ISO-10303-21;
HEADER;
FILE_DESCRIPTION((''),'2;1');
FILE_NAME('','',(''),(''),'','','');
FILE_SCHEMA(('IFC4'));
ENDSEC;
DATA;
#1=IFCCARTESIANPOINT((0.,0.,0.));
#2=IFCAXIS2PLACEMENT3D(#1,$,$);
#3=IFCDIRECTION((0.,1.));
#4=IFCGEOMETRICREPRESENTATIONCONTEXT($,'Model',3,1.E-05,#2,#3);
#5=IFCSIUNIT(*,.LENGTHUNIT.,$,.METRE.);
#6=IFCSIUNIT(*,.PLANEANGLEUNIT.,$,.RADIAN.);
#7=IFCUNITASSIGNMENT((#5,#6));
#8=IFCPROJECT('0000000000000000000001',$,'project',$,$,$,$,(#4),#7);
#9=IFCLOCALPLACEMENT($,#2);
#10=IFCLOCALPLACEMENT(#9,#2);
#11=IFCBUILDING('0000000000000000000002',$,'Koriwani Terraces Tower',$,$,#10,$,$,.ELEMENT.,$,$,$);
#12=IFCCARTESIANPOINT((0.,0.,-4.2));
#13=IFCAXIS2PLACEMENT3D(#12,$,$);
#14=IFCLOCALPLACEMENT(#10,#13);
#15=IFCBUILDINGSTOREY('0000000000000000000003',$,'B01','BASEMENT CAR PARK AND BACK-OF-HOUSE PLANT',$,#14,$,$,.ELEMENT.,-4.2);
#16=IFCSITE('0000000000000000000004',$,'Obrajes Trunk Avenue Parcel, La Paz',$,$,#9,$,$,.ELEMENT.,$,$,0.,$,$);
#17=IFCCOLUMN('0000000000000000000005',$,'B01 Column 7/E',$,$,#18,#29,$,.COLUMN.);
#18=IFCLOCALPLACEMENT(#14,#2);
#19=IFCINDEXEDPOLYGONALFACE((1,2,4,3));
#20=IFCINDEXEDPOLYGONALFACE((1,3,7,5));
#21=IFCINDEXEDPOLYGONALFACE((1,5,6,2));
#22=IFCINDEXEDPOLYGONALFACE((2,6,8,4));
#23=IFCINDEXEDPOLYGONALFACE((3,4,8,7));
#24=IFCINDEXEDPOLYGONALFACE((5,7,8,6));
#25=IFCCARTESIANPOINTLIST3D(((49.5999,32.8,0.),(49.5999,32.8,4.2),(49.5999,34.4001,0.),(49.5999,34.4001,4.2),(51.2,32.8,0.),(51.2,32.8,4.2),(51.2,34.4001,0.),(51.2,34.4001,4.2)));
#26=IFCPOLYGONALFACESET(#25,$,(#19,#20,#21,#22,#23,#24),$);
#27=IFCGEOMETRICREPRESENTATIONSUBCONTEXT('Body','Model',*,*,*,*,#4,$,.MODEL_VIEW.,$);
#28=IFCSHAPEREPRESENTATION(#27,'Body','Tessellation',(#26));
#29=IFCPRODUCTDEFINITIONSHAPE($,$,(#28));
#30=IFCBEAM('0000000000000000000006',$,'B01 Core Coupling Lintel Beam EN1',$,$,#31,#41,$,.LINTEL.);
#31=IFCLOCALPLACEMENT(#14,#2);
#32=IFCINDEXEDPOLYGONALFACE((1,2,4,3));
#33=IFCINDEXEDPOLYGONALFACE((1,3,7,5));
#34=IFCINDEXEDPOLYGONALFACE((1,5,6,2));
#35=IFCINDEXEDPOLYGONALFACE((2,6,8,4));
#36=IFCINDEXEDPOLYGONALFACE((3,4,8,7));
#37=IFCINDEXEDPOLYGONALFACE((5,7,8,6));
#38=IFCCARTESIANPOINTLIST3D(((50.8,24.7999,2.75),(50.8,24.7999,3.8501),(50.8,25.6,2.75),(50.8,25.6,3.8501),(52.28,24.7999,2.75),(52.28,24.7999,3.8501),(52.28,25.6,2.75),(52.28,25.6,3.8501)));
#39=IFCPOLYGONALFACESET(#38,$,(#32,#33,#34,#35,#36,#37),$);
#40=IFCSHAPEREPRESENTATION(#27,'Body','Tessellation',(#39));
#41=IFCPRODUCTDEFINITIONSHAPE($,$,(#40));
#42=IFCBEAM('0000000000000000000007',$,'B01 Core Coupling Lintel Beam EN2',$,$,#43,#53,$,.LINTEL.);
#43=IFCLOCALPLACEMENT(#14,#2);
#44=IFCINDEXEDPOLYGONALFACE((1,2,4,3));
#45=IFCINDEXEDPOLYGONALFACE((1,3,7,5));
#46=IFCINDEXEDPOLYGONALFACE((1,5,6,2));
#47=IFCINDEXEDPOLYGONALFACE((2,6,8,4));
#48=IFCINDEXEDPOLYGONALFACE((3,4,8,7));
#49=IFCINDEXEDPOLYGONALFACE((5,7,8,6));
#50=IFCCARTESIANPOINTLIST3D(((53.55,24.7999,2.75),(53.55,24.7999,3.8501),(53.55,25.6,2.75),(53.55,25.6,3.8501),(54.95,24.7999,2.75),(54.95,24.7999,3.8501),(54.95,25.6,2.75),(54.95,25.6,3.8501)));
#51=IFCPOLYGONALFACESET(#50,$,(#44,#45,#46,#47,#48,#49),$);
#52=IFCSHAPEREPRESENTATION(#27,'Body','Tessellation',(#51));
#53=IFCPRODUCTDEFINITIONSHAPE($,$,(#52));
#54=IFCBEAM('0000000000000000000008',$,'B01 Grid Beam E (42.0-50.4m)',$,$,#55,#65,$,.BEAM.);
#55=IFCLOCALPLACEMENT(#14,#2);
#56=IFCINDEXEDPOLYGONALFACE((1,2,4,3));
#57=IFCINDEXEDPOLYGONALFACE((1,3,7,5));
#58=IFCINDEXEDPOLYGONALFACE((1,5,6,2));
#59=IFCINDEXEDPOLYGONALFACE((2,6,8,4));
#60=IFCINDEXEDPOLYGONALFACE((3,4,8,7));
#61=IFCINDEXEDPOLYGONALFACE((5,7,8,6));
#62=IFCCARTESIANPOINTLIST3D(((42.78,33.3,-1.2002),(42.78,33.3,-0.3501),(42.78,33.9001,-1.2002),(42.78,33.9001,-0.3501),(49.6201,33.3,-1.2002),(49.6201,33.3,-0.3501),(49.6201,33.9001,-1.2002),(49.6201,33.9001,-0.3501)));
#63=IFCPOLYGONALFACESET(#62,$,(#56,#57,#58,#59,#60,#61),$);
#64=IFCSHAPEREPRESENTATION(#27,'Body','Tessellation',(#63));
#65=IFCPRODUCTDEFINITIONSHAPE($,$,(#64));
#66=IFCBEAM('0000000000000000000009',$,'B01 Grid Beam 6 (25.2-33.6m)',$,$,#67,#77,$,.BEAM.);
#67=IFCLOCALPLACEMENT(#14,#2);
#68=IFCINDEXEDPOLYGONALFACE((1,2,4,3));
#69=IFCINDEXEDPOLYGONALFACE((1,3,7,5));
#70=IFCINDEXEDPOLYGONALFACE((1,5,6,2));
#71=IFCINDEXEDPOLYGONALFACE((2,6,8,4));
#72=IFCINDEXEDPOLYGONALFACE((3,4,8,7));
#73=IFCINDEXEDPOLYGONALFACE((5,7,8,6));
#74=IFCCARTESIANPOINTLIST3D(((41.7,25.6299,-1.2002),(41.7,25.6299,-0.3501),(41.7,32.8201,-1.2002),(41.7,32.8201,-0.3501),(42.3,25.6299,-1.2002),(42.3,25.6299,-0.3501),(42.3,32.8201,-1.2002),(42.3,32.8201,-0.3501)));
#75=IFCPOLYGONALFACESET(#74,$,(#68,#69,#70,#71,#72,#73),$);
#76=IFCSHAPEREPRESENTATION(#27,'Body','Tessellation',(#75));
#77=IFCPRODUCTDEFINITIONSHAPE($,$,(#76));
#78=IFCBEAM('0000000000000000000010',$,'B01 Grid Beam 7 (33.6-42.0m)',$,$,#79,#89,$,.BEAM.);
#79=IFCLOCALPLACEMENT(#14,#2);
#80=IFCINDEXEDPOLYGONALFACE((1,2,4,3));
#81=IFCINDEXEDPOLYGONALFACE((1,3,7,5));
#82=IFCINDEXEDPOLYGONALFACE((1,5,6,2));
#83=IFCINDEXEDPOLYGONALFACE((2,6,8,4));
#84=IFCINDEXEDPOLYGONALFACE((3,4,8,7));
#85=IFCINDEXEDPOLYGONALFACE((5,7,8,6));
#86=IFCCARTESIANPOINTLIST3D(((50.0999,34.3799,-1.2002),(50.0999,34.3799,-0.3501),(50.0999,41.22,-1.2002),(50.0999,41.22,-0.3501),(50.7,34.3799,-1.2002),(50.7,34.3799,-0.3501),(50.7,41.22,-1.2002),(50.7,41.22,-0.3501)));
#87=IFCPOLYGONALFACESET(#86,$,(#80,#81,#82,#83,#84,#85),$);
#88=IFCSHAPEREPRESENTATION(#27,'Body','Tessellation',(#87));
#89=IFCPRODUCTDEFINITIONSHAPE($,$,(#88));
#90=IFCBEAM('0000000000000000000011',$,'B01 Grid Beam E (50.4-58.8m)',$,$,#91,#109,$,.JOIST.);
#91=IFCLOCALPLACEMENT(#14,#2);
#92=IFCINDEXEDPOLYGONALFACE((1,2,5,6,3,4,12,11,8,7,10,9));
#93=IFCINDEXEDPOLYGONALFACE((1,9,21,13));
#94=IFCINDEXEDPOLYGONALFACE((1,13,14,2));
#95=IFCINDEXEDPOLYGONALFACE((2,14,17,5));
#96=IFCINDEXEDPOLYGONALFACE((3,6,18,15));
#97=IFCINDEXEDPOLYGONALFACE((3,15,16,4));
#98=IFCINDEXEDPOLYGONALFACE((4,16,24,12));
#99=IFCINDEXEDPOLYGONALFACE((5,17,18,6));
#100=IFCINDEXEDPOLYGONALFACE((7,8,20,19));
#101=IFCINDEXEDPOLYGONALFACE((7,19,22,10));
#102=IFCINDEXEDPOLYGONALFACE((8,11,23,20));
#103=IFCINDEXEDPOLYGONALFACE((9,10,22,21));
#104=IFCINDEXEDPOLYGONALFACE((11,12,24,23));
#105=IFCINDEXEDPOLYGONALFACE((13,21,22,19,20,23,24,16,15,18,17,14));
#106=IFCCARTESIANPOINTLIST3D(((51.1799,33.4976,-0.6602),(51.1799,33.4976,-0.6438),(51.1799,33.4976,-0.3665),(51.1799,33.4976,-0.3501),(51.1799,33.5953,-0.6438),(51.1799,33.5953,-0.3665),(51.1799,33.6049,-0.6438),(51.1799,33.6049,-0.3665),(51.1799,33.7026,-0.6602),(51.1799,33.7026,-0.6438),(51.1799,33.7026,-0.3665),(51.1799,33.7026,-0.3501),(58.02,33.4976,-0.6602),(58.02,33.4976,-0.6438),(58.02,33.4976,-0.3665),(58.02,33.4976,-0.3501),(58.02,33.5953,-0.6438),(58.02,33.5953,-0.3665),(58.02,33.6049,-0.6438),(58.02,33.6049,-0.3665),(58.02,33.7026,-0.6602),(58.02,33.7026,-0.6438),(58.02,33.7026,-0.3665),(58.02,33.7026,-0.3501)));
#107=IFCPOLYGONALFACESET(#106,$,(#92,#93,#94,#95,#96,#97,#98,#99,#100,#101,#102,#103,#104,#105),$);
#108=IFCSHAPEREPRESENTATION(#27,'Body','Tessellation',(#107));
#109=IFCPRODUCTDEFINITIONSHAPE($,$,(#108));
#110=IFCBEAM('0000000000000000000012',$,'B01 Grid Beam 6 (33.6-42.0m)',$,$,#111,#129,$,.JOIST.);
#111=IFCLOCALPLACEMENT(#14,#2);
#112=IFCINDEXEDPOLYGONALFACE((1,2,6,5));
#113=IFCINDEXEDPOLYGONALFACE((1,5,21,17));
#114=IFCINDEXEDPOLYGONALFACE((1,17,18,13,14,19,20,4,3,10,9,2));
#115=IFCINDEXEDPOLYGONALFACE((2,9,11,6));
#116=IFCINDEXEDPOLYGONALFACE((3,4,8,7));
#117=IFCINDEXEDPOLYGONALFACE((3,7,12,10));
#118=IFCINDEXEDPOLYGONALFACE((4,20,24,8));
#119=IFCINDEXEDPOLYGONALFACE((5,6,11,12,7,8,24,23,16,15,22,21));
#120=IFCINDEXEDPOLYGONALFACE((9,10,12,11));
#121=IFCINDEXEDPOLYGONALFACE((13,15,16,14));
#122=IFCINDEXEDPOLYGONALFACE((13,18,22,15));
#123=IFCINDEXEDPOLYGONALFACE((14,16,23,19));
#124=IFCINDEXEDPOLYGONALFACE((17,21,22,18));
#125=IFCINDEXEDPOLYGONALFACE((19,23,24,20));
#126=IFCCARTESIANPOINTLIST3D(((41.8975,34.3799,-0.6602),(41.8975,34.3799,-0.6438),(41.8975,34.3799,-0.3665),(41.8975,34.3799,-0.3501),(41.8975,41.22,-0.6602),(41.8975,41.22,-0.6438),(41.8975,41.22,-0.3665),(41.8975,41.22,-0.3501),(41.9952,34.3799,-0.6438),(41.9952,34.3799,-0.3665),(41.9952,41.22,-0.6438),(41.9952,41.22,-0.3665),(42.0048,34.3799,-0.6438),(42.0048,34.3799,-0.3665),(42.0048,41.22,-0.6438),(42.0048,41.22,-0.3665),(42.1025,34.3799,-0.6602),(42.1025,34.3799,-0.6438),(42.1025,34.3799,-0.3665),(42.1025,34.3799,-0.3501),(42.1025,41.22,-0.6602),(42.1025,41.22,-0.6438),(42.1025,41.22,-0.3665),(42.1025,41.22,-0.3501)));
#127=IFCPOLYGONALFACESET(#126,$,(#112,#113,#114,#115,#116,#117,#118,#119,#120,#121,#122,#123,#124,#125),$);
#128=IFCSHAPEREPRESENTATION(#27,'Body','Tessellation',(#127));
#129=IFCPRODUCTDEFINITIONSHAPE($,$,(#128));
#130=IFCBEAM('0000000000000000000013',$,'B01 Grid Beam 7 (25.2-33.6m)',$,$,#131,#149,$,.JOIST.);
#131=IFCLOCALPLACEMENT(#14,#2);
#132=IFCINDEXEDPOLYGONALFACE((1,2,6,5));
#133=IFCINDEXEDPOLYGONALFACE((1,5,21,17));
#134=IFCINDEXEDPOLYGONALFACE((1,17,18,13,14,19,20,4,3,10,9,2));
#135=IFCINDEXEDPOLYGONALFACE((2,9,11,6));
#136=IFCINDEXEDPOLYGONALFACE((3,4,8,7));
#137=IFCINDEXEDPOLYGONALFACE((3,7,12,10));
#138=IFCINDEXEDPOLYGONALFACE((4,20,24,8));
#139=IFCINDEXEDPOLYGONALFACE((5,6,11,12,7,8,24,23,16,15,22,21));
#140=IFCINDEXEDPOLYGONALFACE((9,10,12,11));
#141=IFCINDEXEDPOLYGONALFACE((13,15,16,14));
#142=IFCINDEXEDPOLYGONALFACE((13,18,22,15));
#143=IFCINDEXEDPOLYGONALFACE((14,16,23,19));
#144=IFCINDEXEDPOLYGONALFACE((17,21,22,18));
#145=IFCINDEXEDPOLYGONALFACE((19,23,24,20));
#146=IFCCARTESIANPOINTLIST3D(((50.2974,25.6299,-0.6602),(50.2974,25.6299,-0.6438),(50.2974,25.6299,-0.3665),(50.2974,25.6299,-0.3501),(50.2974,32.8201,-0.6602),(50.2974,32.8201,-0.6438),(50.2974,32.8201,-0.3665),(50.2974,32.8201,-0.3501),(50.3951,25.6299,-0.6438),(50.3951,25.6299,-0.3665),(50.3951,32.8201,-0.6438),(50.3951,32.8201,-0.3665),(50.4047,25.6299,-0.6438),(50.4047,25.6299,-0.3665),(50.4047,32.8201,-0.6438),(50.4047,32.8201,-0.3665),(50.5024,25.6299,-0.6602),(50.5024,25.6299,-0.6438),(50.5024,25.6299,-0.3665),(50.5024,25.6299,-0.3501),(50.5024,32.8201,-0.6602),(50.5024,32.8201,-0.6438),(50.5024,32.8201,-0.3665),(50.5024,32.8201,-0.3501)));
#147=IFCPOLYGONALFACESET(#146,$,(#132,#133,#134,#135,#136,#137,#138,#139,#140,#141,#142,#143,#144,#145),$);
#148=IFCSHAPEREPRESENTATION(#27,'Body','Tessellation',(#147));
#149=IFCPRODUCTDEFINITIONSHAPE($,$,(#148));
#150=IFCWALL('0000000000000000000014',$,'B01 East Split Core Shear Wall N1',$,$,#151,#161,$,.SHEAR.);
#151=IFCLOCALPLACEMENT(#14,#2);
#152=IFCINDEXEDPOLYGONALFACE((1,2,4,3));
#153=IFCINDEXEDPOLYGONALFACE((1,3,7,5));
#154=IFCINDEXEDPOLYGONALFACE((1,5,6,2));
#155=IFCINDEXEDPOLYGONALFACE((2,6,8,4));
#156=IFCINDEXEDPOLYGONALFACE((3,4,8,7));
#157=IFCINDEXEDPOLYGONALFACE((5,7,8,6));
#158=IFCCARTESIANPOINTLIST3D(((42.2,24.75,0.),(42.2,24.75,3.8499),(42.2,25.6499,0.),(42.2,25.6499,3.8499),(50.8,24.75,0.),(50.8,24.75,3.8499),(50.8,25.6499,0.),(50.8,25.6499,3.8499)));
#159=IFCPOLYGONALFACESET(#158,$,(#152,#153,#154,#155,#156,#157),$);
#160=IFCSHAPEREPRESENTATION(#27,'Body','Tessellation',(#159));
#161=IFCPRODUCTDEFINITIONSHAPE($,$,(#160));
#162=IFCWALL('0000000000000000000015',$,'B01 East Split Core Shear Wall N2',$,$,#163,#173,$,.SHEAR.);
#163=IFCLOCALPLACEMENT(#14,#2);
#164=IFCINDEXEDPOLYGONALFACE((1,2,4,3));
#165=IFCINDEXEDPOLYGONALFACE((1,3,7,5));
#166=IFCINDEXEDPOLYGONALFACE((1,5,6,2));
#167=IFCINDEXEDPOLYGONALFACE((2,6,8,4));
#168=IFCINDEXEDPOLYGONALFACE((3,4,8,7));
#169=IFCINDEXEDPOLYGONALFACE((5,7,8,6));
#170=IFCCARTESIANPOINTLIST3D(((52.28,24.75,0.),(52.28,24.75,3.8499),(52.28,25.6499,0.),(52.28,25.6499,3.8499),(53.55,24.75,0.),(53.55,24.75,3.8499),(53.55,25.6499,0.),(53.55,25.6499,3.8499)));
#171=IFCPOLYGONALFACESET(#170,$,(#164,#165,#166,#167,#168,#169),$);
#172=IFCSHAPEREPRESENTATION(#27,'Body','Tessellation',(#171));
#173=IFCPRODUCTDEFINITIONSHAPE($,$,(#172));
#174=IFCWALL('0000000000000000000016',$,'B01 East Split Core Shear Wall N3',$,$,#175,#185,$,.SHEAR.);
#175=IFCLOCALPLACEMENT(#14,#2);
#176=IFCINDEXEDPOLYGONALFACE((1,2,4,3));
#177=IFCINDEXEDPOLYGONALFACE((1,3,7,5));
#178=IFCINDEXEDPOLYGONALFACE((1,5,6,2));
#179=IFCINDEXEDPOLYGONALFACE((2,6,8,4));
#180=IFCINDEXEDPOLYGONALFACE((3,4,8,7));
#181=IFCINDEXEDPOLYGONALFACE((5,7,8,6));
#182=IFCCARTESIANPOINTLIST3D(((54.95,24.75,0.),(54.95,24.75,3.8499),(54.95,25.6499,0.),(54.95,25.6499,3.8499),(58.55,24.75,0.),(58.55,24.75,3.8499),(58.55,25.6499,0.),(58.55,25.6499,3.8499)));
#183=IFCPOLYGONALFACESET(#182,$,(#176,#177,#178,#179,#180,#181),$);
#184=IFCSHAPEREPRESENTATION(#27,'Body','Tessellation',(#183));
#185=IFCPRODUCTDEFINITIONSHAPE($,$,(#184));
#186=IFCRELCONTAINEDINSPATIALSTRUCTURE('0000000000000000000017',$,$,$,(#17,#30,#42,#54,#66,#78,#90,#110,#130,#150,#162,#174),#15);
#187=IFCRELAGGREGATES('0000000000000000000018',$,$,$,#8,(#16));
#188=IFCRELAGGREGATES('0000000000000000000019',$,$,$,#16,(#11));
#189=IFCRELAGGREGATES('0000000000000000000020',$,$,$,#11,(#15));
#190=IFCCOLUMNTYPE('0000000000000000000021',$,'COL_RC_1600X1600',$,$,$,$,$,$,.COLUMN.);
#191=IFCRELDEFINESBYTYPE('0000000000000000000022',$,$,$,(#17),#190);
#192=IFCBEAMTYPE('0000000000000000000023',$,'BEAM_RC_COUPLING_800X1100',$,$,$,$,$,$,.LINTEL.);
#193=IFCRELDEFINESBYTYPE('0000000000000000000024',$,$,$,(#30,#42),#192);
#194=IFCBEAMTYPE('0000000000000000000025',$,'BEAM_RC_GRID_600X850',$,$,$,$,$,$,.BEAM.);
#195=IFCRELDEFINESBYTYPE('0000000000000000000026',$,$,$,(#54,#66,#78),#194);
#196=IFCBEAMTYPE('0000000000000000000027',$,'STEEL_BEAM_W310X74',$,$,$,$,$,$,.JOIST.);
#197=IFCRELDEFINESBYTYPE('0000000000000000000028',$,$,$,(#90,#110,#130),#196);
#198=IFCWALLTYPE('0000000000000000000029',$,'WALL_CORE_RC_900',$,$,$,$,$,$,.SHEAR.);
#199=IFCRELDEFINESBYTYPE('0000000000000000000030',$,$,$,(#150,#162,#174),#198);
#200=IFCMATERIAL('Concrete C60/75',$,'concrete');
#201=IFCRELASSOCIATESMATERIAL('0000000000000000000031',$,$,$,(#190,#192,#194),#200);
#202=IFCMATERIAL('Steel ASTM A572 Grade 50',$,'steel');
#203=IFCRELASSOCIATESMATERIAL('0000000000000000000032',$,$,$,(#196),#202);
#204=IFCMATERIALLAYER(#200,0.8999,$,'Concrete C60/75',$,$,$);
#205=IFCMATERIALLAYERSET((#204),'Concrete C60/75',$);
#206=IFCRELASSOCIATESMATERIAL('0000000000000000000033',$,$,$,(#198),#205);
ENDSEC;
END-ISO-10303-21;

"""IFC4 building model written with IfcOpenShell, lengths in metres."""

from ifc_helpers import new_model, si_unit, direction, frame, frame_2d, origin, origin_2d, place, context, subcontext, project, spatial, rectangle, i_section, extrude, material, layer, layer_set, material_profile, profile_set, type_object, element, save


model = new_model("IFC4")

# Units and contexts
model_context = context("Model", 3, precision=1e-05, world=origin(), true_north=direction((0.0, 1.0)))
body_context = subcontext(model_context, "Body", "Model", "MODEL_VIEW")
ifc_project = project(units=[si_unit("LENGTHUNIT", "METRE"), si_unit("PLANEANGLEUNIT", "RADIAN")], contexts=[model_context])

# Site, building, storey
site_placement = place(None, origin())
site = spatial("IfcSite", under=ifc_project, at=site_placement, Name="Obrajes Trunk Avenue Parcel, La Paz", CompositionType="ELEMENT", RefElevation=0.0)
building_placement = place(site_placement, origin())
building = spatial("IfcBuilding", under=site, at=building_placement, Name="Koriwani Terraces Tower", CompositionType="ELEMENT")
storey_placement = place(building_placement, frame((0.0, 0.0, -4.2)))
storey = spatial("IfcBuildingStorey", under=building, at=storey_placement, Name="B01", Description="BASEMENT CAR PARK AND BACK-OF-HOUSE PLANT", CompositionType="ELEMENT", Elevation=-4.2)

# Column
ifc_material_1 = material(Name="Concrete C60/75", Category="concrete")
ifc_material_profile_1 = material_profile(ifc_material_1, rectangle(XDim=1.6001, YDim=1.6001, at=origin_2d()), Name="Concrete C60/75", Category="LoadBearing")
ifc_profile_set_1 = profile_set([ifc_material_profile_1], Name="Concrete C60/75")
column_type = type_object("IfcColumnType", Name="COL_RC_1600X1600", PredefinedType="COLUMN", material=ifc_profile_set_1)
column_placement = place(storey_placement, frame((50.3999, 33.6001, 0.0), z_axis=(0.0, 0.0, 1.0), x_axis=(1.0, 0.0, 0.0)))
element("IfcColumn", 1, at=column_placement, inside=storey, type_object=column_type, Name="B01 Column 7/E", PredefinedType="COLUMN", context=body_context, shape_type="SweptSolid", body=[
    extrude(rectangle(XDim=1.6001, YDim=1.6001, at=origin_2d()), origin(), (0.0, 0.0, 1.0), 4.2),
])

# Beams
ifc_material_profile_2 = material_profile(ifc_material_1, rectangle(XDim=0.8, YDim=1.1001, at=origin_2d()), Name="Concrete C60/75", Category="LoadBearing")
ifc_profile_set_2 = profile_set([ifc_material_profile_2], Name="Concrete C60/75")
beam_type_1 = type_object("IfcBeamType", Name="BEAM_RC_COUPLING_800X1100", PredefinedType="LINTEL", material=ifc_profile_set_2)
beam_1_placement = place(storey_placement, frame((50.8, 25.2, 3.3), z_axis=(1.0, 0.0, 0.0), x_axis=(0.0, 1.0, 0.0)))
element("IfcBeam", 2, at=beam_1_placement, inside=storey, type_object=beam_type_1, Name="B01 Core Coupling Lintel Beam EN1", PredefinedType="LINTEL", context=body_context, shape_type="SweptSolid", body=[
    extrude(rectangle(XDim=0.8, YDim=1.1001, at=origin_2d()), origin(), (0.0, 0.0, 1.0), 1.48),
])
beam_2_placement = place(storey_placement, frame((53.55, 25.2, 3.3), z_axis=(1.0, 0.0, 0.0), x_axis=(0.0, 1.0, 0.0)))
element("IfcBeam", 3, at=beam_2_placement, inside=storey, type_object=beam_type_1, Name="B01 Core Coupling Lintel Beam EN2", PredefinedType="LINTEL", context=body_context, shape_type="SweptSolid", body=[
    extrude(rectangle(XDim=0.8, YDim=1.1001, at=origin_2d()), origin(), (0.0, 0.0, 1.0), 1.3999),
])
ifc_material_profile_3 = material_profile(ifc_material_1, rectangle(XDim=0.6001, YDim=0.8501, at=origin_2d()), Name="Concrete C60/75", Category="LoadBearing")
ifc_profile_set_3 = profile_set([ifc_material_profile_3], Name="Concrete C60/75")
beam_type_2 = type_object("IfcBeamType", Name="BEAM_RC_GRID_600X850", PredefinedType="BEAM", material=ifc_profile_set_3)
beam_3_placement = place(storey_placement, frame((42.78, 33.6001, -0.7751), z_axis=(1.0, 0.0, 0.0), x_axis=(0.0, 1.0, 0.0)))
element("IfcBeam", 4, at=beam_3_placement, inside=storey, type_object=beam_type_2, Name="B01 Grid Beam E (42.0-50.4m)", PredefinedType="BEAM", context=body_context, shape_type="SweptSolid", body=[
    extrude(rectangle(XDim=0.6001, YDim=0.8501, at=origin_2d()), origin(), (0.0, 0.0, 1.0), 6.8401),
])
beam_4_placement = place(storey_placement, frame((42.0, 25.6299, -0.7751), z_axis=(0.0, 1.0, 0.0), x_axis=(-1.0, 0.0, 0.0)))
element("IfcBeam", 5, at=beam_4_placement, inside=storey, type_object=beam_type_2, Name="B01 Grid Beam 6 (25.2-33.6m)", PredefinedType="BEAM", context=body_context, shape_type="SweptSolid", body=[
    extrude(rectangle(XDim=0.6001, YDim=0.8501, at=origin_2d()), origin(), (0.0, 0.0, 1.0), 7.1902),
])
beam_5_placement = place(storey_placement, frame((50.3999, 34.3799, -0.7751), z_axis=(0.0, 1.0, 0.0), x_axis=(-1.0, 0.0, 0.0)))
element("IfcBeam", 6, at=beam_5_placement, inside=storey, type_object=beam_type_2, Name="B01 Grid Beam 7 (33.6-42.0m)", PredefinedType="BEAM", context=body_context, shape_type="SweptSolid", body=[
    extrude(rectangle(XDim=0.6001, YDim=0.8501, at=origin_2d()), origin(), (0.0, 0.0, 1.0), 6.8401),
])
ifc_material_2 = material(Name="Steel ASTM A572 Grade 50", Category="steel")
ifc_material_profile_4 = material_profile(ifc_material_2, i_section(OverallWidth=0.2051, OverallDepth=0.3101, WebThickness=0.0095, FlangeThickness=0.0164, at=origin_2d()), Name="Steel ASTM A572 Grade 50", Category="LoadBearing")
ifc_profile_set_4 = profile_set([ifc_material_profile_4], Name="Steel ASTM A572 Grade 50")
beam_type_3 = type_object("IfcBeamType", Name="STEEL_BEAM_W310X74", PredefinedType="JOIST", material=ifc_profile_set_4)
for number, where, z_axis, x_axis, name in (
    (7, (51.1799, 33.6001, -0.5051), (1.0, 0.0, 0.0), (0.0, 1.0, 0.0), "B01 Grid Beam E (50.4-58.8m)"),
    (8, (42.0, 34.3799, -0.5051), (0.0, 1.0, 0.0), (-1.0, 0.0, 0.0), "B01 Grid Beam 6 (33.6-42.0m)"),
):
    element("IfcBeam", number, at=place(storey_placement, frame(where, z_axis=z_axis, x_axis=x_axis)), inside=storey, type_object=beam_type_3, Name=name, PredefinedType="JOIST", context=body_context, shape_type="SweptSolid", body=[
        extrude(i_section(OverallWidth=0.2051, OverallDepth=0.3101, WebThickness=0.0095, FlangeThickness=0.0164, at=origin_2d()), origin(), (0.0, 0.0, 1.0), 6.8401),
    ])
beam_6_placement = place(storey_placement, frame((50.3999, 25.6299, -0.5051), z_axis=(0.0, 1.0, 0.0), x_axis=(-1.0, 0.0, 0.0)))
element("IfcBeam", 9, at=beam_6_placement, inside=storey, type_object=beam_type_3, Name="B01 Grid Beam 7 (25.2-33.6m)", PredefinedType="JOIST", context=body_context, shape_type="SweptSolid", body=[
    extrude(i_section(OverallWidth=0.2051, OverallDepth=0.3101, WebThickness=0.0095, FlangeThickness=0.0164, at=origin_2d()), origin(), (0.0, 0.0, 1.0), 7.1902),
])

# Walls
ifc_layer_1 = layer(ifc_material_1, 0.8999, Name="Concrete C60/75")
ifc_layer_set_1 = layer_set([ifc_layer_1], Name="Concrete C60/75")
wall_type_1 = type_object("IfcWallType", Name="WALL_CORE_RC_900", PredefinedType="SHEAR", material=ifc_layer_set_1)
wall_1_placement = place(storey_placement, frame((42.2, 25.2, 0.0), z_axis=(0.0, 0.0, 1.0), x_axis=(1.0, 0.0, 0.0)))
element("IfcWall", 10, at=wall_1_placement, inside=storey, type_object=wall_type_1, Name="B01 East Split Core Shear Wall N1", PredefinedType="SHEAR", context=body_context, shape_type="SweptSolid", body=[
    extrude(rectangle(XDim=8.6001, YDim=0.8999, at=frame_2d((4.3, 0.0))), origin(), (0.0, 0.0, 1.0), 3.8499),
])
wall_2_placement = place(storey_placement, frame((52.28, 25.2, 0.0), z_axis=(0.0, 0.0, 1.0), x_axis=(1.0, 0.0, 0.0)))
element("IfcWall", 11, at=wall_2_placement, inside=storey, type_object=wall_type_1, Name="B01 East Split Core Shear Wall N2", PredefinedType="SHEAR", context=body_context, shape_type="SweptSolid", body=[
    extrude(rectangle(XDim=1.27, YDim=0.8999, at=frame_2d((0.635, 0.0))), origin(), (0.0, 0.0, 1.0), 3.8499),
])
wall_3_placement = place(storey_placement, frame((54.95, 25.2, 0.0), z_axis=(0.0, 0.0, 1.0), x_axis=(1.0, 0.0, 0.0)))
element("IfcWall", 12, at=wall_3_placement, inside=storey, type_object=wall_type_1, Name="B01 East Split Core Shear Wall N3", PredefinedType="SHEAR", context=body_context, shape_type="SweptSolid", body=[
    extrude(rectangle(XDim=3.6001, YDim=0.8999, at=frame_2d((1.8, 0.0))), origin(), (0.0, 0.0, 1.0), 3.8499),
])

save(model, "model.ifc")
